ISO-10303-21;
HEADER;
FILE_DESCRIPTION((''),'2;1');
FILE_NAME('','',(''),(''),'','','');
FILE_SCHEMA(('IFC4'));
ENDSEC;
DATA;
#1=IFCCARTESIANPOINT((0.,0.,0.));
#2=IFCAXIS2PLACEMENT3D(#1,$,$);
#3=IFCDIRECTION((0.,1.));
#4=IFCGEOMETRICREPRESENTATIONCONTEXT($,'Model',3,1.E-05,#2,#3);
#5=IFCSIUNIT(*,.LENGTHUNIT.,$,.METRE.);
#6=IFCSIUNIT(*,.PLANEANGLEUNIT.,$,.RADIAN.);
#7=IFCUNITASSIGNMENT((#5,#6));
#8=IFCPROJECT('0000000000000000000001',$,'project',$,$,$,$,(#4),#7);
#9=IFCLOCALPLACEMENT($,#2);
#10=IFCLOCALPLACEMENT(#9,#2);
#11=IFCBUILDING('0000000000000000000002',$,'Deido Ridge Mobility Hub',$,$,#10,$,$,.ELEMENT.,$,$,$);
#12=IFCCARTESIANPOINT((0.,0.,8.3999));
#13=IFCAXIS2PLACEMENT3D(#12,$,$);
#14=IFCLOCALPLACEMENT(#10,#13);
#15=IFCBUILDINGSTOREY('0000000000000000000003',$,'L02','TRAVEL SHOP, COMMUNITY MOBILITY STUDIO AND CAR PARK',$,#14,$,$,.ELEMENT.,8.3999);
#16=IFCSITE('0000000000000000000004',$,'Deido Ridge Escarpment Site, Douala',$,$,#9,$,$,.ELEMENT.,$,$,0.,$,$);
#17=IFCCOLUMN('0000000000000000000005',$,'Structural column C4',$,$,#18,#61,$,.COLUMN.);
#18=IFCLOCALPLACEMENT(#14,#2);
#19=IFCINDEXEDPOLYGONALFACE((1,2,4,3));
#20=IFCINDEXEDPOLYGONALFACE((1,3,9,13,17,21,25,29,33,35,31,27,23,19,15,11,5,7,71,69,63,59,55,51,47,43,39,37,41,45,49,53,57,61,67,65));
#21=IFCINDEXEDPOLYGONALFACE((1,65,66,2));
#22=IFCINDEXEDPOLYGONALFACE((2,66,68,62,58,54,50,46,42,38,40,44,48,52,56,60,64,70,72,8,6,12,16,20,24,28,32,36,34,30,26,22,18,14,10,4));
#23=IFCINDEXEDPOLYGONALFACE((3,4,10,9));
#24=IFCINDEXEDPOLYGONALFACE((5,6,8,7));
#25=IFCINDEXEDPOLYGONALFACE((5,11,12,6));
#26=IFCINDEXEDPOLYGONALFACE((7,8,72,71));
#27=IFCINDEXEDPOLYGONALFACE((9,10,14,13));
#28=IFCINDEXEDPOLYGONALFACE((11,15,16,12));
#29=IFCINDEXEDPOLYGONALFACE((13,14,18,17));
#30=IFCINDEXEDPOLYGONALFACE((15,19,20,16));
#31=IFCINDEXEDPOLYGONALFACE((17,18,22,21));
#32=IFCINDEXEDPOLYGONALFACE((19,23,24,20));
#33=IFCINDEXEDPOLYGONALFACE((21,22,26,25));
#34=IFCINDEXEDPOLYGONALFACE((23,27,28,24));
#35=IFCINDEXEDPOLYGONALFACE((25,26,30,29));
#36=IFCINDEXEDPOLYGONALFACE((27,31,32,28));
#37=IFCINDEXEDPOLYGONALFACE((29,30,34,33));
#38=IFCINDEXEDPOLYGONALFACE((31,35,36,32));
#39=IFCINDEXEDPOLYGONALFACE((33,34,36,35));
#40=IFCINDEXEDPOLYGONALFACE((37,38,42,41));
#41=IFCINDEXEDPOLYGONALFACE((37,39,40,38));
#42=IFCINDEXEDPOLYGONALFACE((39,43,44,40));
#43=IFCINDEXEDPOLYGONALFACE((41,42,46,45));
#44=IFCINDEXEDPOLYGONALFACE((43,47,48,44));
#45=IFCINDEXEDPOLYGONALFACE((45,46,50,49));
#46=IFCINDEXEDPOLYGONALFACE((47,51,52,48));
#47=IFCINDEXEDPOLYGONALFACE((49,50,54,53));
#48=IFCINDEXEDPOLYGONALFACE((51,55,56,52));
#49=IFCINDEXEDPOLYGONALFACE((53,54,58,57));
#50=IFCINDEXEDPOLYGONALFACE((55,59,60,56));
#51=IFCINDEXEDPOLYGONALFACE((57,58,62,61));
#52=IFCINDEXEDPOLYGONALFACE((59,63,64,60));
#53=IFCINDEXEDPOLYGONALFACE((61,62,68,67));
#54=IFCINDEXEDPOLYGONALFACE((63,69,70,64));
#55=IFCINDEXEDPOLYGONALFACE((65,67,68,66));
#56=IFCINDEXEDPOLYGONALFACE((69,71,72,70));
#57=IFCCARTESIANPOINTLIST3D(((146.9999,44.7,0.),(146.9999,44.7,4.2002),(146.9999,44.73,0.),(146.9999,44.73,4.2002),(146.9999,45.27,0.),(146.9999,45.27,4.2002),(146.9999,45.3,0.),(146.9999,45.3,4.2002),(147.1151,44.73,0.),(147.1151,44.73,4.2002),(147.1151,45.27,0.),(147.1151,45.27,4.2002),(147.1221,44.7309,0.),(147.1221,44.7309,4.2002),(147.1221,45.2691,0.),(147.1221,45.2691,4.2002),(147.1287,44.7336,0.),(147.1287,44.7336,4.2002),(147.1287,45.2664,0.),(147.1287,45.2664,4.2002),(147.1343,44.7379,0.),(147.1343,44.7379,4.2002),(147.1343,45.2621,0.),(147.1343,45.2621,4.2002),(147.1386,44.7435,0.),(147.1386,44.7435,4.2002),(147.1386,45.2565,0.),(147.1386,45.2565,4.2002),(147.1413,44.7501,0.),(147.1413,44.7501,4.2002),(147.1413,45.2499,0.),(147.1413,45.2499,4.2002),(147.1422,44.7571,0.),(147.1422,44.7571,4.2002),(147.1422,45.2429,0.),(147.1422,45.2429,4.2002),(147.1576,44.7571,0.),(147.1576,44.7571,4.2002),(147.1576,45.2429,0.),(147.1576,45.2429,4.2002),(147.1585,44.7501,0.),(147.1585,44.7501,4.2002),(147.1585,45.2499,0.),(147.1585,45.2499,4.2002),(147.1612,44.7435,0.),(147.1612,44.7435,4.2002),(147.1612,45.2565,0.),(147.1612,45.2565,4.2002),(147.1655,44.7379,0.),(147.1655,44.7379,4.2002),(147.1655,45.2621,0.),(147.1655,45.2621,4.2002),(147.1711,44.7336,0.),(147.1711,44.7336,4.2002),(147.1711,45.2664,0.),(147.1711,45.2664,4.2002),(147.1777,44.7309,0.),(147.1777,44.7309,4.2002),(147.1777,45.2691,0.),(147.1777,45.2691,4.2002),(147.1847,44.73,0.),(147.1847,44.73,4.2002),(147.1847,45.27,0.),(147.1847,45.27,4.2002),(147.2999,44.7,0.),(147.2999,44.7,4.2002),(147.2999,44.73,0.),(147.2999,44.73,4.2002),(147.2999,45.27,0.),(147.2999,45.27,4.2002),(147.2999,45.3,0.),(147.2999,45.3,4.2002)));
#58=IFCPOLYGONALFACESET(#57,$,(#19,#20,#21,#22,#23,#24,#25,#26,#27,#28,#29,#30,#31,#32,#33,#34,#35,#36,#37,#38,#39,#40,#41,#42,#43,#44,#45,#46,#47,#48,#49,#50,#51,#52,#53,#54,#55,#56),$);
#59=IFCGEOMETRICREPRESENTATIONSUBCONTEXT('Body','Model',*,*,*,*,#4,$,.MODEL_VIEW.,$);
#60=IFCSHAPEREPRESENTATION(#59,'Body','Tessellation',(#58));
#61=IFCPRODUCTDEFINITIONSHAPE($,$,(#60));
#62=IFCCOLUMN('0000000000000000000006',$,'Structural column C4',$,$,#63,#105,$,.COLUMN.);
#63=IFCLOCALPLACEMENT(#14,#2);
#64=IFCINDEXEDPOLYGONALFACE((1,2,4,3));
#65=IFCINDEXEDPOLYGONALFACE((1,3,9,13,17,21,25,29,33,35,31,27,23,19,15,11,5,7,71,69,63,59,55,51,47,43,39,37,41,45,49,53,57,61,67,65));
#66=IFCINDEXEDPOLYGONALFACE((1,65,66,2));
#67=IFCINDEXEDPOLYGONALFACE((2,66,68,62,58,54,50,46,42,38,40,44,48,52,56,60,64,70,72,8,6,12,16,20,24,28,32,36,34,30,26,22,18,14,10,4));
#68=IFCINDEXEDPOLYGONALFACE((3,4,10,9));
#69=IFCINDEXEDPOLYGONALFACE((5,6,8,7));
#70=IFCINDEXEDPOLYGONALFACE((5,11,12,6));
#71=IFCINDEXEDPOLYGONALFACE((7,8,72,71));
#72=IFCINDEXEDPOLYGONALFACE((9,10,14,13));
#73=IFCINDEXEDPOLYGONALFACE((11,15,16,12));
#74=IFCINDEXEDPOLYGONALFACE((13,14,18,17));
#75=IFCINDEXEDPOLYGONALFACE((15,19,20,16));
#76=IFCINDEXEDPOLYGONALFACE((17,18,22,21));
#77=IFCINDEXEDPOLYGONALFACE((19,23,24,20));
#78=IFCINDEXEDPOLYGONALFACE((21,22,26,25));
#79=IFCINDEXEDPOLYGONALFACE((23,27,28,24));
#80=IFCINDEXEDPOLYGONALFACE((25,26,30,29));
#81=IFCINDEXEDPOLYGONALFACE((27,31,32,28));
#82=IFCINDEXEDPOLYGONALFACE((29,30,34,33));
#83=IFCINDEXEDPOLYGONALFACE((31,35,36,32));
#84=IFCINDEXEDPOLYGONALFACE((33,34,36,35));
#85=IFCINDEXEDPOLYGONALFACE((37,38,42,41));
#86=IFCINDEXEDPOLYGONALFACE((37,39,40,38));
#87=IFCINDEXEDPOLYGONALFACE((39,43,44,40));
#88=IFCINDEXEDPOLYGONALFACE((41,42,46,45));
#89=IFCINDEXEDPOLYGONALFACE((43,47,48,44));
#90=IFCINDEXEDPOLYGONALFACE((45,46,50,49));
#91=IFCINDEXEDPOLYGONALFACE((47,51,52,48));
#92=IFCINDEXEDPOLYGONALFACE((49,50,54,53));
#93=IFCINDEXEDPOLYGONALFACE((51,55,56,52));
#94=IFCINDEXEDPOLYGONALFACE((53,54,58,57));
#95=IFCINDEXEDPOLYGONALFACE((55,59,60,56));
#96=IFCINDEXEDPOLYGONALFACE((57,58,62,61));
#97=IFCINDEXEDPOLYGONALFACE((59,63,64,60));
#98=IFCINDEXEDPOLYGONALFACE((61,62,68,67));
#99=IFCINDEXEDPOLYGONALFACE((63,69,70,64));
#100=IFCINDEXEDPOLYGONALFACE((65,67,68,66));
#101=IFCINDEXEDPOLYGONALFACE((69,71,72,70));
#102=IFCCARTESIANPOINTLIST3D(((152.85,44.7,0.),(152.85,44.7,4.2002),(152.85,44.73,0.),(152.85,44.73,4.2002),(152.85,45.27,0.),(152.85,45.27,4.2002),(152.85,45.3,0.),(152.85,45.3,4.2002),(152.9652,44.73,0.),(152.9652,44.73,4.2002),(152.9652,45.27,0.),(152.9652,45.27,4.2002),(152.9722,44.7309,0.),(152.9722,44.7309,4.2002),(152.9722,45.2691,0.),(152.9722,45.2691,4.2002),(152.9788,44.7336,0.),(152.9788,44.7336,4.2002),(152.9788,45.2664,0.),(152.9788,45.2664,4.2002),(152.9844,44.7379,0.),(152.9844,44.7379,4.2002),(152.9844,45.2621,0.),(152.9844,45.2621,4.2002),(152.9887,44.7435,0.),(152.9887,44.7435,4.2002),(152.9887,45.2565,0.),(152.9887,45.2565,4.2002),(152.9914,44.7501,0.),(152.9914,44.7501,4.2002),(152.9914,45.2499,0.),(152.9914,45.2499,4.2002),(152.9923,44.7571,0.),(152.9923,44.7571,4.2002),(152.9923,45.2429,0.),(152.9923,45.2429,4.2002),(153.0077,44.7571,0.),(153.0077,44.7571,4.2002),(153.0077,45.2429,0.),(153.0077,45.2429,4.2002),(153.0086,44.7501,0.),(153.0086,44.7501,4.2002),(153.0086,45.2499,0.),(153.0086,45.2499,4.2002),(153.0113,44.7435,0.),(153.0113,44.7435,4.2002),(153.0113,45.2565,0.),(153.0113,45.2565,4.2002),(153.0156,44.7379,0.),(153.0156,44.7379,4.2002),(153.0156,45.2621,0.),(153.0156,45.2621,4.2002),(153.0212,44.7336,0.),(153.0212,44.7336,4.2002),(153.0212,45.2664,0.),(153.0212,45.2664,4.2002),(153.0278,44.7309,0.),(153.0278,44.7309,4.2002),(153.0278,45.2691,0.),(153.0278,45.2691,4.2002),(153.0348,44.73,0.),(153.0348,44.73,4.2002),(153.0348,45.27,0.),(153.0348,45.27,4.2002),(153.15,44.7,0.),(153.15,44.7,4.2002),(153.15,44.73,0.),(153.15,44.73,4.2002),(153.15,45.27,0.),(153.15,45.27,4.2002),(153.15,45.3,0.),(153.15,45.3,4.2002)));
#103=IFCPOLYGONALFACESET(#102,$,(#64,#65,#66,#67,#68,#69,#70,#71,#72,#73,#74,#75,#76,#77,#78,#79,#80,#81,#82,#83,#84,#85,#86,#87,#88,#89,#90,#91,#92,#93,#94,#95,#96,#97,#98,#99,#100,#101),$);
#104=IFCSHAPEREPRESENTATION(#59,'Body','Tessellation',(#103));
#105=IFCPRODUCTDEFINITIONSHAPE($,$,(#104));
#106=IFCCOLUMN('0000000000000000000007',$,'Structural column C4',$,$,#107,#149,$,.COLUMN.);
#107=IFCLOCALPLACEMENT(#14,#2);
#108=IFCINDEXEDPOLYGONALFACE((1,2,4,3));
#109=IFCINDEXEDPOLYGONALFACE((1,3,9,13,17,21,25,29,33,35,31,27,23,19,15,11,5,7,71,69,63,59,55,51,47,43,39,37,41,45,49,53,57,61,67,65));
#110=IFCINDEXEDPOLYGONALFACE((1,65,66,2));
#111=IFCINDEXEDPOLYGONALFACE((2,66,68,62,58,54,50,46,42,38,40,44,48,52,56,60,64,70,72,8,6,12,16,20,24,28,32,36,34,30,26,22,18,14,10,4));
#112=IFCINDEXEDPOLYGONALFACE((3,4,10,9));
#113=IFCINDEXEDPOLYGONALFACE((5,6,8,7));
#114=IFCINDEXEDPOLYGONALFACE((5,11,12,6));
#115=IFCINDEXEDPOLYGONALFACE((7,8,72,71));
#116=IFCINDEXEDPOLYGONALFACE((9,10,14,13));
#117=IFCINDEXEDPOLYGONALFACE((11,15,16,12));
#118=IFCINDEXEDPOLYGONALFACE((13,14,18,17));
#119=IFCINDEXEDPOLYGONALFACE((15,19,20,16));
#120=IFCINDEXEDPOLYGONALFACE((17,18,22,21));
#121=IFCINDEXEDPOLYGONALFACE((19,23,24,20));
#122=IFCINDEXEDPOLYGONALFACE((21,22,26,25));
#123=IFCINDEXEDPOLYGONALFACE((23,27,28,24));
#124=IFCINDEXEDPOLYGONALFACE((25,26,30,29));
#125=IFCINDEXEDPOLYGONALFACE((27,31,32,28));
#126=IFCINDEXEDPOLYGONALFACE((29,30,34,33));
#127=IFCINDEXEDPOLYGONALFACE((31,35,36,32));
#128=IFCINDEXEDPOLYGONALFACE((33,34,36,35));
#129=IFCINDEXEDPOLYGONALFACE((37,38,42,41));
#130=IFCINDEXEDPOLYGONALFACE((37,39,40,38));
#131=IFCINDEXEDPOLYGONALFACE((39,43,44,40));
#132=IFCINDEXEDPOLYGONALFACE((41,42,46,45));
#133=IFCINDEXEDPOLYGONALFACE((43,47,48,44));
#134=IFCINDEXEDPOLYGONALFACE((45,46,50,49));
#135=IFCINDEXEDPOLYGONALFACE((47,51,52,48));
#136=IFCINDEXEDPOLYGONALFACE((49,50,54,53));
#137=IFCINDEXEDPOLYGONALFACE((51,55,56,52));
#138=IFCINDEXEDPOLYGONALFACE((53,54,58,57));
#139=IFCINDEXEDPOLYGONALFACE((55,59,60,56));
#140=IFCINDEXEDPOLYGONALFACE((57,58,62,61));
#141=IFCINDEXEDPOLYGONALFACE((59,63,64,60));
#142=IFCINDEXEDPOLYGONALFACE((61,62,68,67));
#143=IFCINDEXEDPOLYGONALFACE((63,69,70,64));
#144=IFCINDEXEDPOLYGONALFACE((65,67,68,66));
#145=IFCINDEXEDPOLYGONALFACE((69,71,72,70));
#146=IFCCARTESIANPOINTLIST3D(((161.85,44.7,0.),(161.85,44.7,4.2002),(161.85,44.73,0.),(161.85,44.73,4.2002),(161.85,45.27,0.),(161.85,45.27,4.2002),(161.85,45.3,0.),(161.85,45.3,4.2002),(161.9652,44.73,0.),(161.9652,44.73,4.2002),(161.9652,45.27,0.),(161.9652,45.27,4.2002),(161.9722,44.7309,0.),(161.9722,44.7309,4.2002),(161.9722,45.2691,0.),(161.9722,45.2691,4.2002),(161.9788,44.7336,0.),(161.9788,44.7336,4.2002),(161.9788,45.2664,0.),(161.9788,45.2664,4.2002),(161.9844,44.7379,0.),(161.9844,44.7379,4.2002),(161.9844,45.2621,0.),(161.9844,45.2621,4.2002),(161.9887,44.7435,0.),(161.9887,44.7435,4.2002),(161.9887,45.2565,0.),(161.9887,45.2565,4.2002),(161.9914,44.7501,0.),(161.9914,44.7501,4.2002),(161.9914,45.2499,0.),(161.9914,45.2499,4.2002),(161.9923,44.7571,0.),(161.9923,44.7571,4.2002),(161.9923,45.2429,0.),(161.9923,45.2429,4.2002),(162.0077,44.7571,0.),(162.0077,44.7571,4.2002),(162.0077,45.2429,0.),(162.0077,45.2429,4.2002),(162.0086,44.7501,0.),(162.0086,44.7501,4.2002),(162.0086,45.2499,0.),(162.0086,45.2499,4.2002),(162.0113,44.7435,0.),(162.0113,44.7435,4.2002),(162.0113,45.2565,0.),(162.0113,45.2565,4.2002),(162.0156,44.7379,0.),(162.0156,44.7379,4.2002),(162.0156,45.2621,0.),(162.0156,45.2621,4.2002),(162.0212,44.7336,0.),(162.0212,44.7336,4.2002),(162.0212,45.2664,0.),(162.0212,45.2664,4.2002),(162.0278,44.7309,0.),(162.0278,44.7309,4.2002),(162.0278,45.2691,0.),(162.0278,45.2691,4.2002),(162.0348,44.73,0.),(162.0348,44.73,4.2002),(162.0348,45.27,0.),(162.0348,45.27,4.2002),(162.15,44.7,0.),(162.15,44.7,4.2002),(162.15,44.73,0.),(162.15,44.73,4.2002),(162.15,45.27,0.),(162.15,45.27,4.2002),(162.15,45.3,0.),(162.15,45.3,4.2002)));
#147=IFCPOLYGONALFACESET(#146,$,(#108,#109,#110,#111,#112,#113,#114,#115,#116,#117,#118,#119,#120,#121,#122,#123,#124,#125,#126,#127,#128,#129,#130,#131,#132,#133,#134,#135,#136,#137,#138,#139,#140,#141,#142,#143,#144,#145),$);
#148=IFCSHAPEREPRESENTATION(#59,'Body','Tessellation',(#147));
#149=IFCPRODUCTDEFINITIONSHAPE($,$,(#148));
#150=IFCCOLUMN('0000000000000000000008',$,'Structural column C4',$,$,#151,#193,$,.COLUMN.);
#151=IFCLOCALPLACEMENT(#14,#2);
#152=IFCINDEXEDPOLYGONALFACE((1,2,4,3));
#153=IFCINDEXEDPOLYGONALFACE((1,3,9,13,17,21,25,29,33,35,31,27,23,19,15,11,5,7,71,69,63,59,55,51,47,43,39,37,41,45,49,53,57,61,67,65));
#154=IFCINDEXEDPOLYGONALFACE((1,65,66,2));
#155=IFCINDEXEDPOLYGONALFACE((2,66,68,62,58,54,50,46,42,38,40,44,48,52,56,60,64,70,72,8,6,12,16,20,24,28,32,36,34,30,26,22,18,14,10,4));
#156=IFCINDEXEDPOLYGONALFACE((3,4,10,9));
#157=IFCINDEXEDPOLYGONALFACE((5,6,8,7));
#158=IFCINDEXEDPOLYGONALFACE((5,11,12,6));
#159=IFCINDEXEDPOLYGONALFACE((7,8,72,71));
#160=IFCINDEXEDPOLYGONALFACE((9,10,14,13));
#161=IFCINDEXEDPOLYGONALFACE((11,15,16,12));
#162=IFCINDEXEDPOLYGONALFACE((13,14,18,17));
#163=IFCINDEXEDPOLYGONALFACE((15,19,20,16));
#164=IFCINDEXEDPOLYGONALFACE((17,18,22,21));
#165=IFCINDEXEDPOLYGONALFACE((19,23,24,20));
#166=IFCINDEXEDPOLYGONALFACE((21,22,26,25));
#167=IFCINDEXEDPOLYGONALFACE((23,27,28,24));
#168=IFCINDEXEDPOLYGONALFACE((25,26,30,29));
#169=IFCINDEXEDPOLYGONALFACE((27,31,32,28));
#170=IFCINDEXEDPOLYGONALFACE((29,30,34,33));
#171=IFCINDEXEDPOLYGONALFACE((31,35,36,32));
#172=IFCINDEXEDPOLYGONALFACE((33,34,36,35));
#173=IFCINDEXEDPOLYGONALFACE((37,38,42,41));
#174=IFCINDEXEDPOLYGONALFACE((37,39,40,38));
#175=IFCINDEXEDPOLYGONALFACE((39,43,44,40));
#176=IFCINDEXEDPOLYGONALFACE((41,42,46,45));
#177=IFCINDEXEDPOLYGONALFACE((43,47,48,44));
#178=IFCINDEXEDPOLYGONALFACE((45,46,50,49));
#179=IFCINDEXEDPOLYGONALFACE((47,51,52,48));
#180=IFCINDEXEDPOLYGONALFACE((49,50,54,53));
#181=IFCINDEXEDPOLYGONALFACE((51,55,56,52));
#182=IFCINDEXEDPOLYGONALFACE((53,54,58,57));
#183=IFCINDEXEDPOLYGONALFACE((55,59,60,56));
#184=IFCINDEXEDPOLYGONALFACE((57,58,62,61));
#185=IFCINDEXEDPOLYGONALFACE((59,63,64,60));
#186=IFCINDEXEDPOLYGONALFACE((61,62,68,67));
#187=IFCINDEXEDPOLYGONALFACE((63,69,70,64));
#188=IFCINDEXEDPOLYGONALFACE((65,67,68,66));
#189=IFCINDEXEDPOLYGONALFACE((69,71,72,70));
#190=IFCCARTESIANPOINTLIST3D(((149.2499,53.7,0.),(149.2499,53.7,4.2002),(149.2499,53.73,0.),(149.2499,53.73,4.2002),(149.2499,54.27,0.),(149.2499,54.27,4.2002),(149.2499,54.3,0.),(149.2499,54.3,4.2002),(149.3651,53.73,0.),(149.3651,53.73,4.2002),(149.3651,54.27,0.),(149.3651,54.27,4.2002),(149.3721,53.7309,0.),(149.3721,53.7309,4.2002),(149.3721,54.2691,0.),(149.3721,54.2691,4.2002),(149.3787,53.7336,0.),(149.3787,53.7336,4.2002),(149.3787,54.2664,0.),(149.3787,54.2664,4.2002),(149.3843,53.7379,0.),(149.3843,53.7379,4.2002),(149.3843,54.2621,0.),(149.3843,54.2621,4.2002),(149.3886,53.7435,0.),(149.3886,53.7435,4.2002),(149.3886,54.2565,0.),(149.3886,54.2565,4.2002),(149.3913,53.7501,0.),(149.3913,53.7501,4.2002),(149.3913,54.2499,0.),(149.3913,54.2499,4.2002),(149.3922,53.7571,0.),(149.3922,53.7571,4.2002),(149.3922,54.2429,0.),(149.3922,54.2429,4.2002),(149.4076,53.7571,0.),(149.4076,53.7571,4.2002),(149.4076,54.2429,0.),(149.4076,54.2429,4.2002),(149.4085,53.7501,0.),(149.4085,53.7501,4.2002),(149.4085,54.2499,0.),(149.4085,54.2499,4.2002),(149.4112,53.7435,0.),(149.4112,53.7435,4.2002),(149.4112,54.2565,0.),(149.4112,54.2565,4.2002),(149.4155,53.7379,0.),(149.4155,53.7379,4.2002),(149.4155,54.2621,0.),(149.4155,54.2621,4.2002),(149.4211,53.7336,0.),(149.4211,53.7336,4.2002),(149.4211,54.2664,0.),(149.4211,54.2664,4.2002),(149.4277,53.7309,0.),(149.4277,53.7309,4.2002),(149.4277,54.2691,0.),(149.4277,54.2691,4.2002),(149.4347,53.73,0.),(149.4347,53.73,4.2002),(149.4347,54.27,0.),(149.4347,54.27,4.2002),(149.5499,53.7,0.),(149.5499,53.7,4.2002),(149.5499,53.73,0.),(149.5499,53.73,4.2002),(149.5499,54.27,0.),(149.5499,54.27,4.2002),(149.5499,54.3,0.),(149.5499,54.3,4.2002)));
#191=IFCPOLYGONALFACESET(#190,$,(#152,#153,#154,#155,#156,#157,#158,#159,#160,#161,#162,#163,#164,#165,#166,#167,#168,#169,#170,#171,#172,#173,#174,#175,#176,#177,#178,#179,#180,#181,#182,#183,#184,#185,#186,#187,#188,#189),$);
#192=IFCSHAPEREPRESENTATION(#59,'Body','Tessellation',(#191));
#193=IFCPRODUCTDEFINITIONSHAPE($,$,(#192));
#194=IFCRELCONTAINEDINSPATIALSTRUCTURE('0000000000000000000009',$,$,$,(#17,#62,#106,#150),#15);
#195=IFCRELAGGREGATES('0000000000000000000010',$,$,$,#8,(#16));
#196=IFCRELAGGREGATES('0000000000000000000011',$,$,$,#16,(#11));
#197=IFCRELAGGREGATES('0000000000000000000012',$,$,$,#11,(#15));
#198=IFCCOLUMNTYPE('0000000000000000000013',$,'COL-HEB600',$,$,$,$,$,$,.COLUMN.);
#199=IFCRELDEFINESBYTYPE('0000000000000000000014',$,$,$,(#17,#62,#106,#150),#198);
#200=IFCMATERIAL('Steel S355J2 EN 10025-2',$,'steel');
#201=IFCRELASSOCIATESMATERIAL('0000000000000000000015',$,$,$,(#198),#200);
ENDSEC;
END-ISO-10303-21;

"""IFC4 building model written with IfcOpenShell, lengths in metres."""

from ifc_helpers import new_model, si_unit, direction, frame, origin, origin_2d, place, context, subcontext, project, spatial, i_section, extrude, material, material_profile, profile_set, type_object, element, save


model = new_model("IFC4")

# Units and contexts
model_context = context("Model", 3, precision=1e-05, world=origin(), true_north=direction((0.0, 1.0)))
body_context = subcontext(model_context, "Body", "Model", "MODEL_VIEW")
ifc_project = project(units=[si_unit("LENGTHUNIT", "METRE"), si_unit("PLANEANGLEUNIT", "RADIAN")], contexts=[model_context])

# Site, building, storey
site_placement = place(None, origin())
site = spatial("IfcSite", under=ifc_project, at=site_placement, Name="Deido Ridge Escarpment Site, Douala", CompositionType="ELEMENT", RefElevation=0.0)
building_placement = place(site_placement, origin())
building = spatial("IfcBuilding", under=site, at=building_placement, Name="Deido Ridge Mobility Hub", CompositionType="ELEMENT")
storey_placement = place(building_placement, frame((0.0, 0.0, 8.3999)))
storey = spatial("IfcBuildingStorey", under=building, at=storey_placement, Name="L02", Description="TRAVEL SHOP, COMMUNITY MOBILITY STUDIO AND CAR PARK", CompositionType="ELEMENT", Elevation=8.3999)

# Columns
ifc_material_1 = material(Name="Steel S355J2 EN 10025-2", Category="steel")
ifc_material_profile_1 = material_profile(ifc_material_1, i_section(OverallWidth=0.3, OverallDepth=0.6001, WebThickness=0.0154, FlangeThickness=0.03, FilletRadius=0.0271, at=origin_2d()), Name="HEB 600")
ifc_profile_set_1 = profile_set([ifc_material_profile_1], Name="Steel S355J2 EN 10025-2")
column_type = type_object("IfcColumnType", Name="COL-HEB600", PredefinedType="COLUMN", material=ifc_profile_set_1)
for number, where, z_axis, x_axis, name in (
    (1, (147.1499, 45.0, 0.0), (0.0, 0.0, 1.0), (1.0, 0.0, 0.0), "Structural column C4"),
    (2, (153.0, 45.0, 0.0), (0.0, 0.0, 1.0), (1.0, 0.0, 0.0), "Structural column C4"),
    (3, (162.0, 45.0, 0.0), (0.0, 0.0, 1.0), (1.0, 0.0, 0.0), "Structural column C4"),
    (4, (149.3999, 54.0, 0.0), (0.0, 0.0, 1.0), (1.0, 0.0, 0.0), "Structural column C4"),
):
    element("IfcColumn", number, at=place(storey_placement, frame(where, z_axis=z_axis, x_axis=x_axis)), inside=storey, type_object=column_type, Name=name, PredefinedType="COLUMN", context=body_context, shape_type="SweptSolid", body=[
        extrude(i_section(OverallWidth=0.3, OverallDepth=0.6001, WebThickness=0.0154, FlangeThickness=0.03, FilletRadius=0.0271, at=origin_2d()), origin(), (0.0, 0.0, 1.0), 4.2002),
    ])

save(model, "model.ifc")
